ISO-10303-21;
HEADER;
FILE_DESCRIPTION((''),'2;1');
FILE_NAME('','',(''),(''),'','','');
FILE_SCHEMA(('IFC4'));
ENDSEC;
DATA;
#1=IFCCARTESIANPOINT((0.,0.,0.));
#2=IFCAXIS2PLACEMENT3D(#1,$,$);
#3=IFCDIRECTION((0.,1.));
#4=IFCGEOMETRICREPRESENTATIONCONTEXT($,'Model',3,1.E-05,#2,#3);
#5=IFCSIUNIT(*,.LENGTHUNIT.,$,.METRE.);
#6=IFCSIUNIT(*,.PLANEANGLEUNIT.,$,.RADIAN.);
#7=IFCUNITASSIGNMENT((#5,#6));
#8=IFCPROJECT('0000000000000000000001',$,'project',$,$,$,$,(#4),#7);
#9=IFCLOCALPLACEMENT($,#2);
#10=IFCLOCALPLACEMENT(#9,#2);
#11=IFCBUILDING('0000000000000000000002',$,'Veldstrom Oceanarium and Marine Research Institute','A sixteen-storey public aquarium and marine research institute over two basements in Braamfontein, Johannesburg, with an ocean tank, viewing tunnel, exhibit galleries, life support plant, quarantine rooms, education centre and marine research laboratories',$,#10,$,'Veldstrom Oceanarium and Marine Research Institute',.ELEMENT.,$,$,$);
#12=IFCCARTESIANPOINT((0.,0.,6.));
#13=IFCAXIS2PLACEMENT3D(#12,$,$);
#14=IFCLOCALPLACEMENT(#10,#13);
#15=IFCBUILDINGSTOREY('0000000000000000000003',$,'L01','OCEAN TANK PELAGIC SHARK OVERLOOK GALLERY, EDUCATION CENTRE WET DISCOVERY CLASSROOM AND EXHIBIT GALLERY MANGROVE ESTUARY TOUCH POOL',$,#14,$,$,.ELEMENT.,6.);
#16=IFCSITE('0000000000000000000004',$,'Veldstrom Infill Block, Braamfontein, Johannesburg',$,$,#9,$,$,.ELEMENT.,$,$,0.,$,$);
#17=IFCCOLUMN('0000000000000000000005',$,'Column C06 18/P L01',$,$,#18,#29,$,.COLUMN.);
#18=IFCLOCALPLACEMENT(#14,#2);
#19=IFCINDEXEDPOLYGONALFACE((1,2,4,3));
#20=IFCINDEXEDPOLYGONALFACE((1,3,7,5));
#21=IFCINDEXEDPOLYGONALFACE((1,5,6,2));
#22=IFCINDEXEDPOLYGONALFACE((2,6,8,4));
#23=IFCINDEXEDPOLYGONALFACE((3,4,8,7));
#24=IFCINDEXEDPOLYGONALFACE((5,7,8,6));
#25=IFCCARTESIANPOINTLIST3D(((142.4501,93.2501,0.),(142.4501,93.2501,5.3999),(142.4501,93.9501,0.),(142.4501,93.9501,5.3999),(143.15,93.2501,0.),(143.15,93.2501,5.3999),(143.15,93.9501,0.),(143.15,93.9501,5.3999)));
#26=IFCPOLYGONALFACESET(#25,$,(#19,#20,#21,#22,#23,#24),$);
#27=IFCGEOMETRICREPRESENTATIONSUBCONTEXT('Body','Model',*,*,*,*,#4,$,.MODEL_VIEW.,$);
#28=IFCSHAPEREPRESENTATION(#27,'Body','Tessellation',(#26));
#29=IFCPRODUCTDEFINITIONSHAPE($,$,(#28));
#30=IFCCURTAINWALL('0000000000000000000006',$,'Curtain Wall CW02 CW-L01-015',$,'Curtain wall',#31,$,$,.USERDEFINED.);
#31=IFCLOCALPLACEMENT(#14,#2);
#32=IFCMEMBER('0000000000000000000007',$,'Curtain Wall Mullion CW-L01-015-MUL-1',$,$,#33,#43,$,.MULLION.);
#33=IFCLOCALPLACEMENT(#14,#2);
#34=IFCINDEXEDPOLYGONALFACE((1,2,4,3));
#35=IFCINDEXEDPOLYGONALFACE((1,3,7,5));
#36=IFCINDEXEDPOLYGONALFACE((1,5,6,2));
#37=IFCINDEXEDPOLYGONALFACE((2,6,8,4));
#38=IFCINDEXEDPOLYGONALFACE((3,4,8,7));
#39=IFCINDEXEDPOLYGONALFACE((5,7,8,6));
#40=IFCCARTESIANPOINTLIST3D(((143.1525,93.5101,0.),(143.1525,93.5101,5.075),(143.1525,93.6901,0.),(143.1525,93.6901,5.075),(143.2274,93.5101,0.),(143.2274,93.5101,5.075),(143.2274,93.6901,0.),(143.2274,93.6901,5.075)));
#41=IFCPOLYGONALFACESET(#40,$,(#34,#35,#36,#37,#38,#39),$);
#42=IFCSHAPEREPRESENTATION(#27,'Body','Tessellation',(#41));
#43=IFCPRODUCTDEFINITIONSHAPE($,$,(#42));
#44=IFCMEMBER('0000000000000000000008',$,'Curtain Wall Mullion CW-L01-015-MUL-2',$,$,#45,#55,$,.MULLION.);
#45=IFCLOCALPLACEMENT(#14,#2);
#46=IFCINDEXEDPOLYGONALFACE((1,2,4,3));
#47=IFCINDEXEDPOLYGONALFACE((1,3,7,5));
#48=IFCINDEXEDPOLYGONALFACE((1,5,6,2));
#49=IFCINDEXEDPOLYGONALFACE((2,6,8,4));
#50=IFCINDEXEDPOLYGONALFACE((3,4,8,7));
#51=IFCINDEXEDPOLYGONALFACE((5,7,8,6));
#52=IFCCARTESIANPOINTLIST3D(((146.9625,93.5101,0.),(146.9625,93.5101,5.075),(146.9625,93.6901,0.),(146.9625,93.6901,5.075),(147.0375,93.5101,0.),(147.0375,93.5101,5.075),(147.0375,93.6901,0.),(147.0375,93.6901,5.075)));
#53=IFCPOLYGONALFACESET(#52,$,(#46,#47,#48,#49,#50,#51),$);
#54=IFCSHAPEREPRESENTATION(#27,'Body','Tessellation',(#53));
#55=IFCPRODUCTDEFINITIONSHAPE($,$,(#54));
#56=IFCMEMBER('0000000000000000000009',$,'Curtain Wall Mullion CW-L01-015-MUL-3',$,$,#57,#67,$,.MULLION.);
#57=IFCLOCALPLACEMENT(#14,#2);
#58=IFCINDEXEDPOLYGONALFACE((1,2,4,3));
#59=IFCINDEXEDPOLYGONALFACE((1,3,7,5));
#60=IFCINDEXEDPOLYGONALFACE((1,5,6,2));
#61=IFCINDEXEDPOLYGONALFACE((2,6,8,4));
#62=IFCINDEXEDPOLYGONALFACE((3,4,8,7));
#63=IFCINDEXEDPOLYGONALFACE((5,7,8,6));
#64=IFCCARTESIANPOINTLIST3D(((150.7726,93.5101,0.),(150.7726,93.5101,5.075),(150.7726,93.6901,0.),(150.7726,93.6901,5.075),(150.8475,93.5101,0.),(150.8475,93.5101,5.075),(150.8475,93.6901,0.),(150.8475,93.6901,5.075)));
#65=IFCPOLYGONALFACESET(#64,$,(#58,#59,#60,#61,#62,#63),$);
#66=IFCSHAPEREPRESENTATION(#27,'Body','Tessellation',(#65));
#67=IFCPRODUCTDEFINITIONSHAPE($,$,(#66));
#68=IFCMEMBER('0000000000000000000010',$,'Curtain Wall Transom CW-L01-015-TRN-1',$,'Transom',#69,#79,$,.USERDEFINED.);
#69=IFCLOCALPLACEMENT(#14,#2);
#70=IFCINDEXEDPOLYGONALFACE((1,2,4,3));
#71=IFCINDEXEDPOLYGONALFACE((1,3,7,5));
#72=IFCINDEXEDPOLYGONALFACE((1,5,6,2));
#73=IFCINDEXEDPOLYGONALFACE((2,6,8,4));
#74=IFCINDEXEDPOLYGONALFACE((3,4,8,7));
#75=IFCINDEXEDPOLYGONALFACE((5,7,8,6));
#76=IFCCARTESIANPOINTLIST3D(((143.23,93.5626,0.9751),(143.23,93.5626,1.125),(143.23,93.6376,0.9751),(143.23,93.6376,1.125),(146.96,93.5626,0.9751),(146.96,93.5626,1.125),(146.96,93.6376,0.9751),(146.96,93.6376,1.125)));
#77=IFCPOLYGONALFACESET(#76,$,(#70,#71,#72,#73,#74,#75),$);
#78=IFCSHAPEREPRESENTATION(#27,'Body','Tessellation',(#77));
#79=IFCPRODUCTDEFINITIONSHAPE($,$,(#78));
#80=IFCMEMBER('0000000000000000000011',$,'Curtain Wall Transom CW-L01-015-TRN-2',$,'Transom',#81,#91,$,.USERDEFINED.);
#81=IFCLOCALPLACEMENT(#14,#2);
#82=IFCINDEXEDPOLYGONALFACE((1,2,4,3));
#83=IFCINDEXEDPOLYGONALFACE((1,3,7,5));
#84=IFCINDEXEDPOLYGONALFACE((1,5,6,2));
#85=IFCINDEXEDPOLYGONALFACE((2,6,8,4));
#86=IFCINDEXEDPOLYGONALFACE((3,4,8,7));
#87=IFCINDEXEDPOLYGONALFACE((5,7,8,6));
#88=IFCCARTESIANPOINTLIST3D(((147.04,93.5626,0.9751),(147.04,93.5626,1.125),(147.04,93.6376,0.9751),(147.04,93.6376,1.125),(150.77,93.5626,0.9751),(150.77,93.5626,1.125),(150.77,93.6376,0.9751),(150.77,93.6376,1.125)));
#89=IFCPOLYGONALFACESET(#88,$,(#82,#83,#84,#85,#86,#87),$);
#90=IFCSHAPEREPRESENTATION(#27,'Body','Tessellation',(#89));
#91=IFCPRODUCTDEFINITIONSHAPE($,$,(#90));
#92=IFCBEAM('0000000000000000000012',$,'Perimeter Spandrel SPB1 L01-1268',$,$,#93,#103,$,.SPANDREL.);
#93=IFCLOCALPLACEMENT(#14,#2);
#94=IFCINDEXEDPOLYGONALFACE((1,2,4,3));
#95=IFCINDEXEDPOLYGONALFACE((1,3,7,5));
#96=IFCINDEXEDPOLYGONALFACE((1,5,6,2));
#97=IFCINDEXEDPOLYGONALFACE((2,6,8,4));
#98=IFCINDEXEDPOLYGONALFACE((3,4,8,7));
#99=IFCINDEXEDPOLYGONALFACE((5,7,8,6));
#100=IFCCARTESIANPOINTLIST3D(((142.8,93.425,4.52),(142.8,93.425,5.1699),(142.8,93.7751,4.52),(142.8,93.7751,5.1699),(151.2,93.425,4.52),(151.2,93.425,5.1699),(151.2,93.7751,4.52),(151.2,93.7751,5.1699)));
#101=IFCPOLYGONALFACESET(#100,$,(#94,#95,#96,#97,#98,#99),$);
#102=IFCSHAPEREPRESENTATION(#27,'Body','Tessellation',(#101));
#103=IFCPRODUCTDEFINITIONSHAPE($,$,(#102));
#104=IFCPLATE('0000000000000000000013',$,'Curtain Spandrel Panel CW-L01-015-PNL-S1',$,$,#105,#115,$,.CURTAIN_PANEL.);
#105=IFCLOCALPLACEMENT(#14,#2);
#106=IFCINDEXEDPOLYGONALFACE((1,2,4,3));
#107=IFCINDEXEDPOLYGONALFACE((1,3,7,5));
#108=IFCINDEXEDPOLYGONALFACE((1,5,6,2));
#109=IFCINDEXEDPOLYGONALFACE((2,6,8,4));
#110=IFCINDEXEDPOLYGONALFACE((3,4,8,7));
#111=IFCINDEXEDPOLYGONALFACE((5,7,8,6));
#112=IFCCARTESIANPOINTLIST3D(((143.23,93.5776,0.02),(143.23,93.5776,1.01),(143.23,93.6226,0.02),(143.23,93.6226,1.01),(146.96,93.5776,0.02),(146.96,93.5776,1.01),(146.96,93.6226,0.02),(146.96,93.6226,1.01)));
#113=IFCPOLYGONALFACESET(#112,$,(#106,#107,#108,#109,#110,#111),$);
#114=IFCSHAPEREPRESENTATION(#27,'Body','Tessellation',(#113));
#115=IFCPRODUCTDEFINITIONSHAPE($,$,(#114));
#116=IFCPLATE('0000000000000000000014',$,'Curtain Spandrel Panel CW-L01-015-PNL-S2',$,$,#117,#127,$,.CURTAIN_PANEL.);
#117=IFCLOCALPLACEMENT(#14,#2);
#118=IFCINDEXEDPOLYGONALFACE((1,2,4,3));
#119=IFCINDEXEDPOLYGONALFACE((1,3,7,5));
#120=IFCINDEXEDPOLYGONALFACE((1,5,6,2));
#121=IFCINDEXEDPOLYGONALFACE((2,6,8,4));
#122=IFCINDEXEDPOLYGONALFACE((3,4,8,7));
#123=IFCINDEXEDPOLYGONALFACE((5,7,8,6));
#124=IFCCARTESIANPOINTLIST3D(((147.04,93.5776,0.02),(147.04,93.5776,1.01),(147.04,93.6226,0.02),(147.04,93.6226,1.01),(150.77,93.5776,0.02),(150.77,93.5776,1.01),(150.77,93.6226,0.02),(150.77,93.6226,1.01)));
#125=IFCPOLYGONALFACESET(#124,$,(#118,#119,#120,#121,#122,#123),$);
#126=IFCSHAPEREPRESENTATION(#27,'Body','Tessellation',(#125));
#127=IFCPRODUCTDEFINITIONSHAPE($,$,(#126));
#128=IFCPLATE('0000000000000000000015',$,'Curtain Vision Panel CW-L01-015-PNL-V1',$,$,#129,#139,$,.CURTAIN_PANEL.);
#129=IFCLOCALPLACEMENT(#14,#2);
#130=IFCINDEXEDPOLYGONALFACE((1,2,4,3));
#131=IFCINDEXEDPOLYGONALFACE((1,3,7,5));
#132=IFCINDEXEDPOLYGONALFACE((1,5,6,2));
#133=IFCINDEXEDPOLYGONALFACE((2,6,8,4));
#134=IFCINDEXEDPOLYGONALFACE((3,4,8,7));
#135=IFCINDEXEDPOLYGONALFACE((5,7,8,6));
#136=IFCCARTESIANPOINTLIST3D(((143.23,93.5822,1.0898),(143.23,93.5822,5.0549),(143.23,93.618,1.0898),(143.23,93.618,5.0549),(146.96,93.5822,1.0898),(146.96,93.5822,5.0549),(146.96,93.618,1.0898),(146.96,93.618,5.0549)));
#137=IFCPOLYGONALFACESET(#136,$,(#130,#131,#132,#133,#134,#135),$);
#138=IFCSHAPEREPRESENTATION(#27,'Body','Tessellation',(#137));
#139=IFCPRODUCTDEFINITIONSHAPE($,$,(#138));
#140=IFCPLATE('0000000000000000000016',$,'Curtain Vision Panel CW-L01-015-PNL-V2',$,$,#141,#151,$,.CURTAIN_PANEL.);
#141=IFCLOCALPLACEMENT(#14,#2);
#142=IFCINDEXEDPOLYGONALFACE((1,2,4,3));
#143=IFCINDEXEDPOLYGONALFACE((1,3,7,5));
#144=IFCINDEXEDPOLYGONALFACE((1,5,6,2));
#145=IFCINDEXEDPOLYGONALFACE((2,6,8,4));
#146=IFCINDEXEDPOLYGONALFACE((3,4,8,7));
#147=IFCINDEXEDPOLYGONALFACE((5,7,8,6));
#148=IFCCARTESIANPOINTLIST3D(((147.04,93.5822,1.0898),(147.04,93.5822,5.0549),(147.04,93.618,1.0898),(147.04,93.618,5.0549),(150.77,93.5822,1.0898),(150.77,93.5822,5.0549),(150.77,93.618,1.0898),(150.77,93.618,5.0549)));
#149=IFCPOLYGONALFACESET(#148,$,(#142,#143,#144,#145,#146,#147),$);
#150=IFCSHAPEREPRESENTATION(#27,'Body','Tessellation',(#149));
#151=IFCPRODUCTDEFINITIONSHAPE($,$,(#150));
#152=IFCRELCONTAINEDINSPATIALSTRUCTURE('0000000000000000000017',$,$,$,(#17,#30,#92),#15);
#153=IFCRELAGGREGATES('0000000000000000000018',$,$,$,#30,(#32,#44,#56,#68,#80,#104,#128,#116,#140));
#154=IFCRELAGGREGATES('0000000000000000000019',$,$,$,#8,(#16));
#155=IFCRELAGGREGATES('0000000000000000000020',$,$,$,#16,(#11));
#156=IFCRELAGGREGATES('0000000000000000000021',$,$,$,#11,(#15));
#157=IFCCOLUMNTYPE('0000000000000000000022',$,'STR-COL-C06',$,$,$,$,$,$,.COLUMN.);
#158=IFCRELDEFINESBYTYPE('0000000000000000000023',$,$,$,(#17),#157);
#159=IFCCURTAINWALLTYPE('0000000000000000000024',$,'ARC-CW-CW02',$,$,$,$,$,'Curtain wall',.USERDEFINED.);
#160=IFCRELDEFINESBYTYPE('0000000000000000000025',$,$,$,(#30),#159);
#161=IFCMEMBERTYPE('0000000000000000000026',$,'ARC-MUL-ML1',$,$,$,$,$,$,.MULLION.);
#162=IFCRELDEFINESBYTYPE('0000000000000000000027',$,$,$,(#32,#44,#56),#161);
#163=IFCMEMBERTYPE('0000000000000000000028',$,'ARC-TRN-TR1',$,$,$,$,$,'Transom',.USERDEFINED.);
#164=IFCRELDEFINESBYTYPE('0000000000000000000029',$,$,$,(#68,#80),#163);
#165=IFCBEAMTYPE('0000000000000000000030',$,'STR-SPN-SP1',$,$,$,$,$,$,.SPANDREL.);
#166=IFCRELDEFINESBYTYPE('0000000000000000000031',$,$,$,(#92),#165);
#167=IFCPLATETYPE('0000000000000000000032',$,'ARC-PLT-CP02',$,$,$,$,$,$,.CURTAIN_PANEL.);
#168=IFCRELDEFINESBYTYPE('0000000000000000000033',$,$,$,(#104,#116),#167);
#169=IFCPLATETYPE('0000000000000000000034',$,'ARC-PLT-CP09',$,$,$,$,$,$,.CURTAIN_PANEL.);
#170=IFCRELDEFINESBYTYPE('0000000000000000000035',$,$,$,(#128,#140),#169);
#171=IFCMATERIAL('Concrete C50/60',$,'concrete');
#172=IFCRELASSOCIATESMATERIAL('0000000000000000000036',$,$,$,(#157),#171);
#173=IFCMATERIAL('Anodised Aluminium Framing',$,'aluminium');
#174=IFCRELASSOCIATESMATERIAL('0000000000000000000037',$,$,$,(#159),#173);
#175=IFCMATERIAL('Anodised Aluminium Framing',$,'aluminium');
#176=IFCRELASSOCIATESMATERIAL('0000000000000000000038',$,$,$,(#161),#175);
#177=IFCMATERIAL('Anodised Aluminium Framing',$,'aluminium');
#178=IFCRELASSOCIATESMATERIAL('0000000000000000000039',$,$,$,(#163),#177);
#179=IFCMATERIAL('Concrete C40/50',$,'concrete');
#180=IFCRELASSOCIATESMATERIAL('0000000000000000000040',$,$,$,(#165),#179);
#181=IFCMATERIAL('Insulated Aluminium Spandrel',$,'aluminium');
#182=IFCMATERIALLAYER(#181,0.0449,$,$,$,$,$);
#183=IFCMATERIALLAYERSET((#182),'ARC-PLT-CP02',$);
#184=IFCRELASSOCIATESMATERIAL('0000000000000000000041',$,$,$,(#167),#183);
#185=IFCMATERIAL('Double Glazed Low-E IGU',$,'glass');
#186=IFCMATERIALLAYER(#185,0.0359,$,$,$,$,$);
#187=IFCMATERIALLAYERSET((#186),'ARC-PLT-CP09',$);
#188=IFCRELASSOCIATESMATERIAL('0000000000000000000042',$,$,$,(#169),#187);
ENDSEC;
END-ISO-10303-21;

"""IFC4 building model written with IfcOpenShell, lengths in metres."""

from ifc_helpers import new_model, si_unit, direction, frame, origin, origin_2d, place, context, subcontext, project, spatial, rectangle, extrude, material, layer, layer_set, material_profile, profile_set, type_object, element, aggregate, save


model = new_model("IFC4")

# Units and contexts
model_context = context("Model", 3, precision=1e-05, world=origin(), true_north=direction((0.0, 1.0)))
body_context = subcontext(model_context, "Body", "Model", "MODEL_VIEW")
ifc_project = project(units=[si_unit("LENGTHUNIT", "METRE"), si_unit("PLANEANGLEUNIT", "RADIAN")], contexts=[model_context])

# Site, building, storey
site_placement = place(None, origin())
site = spatial("IfcSite", under=ifc_project, at=site_placement, Name="Veldstrom Infill Block, Braamfontein, Johannesburg", CompositionType="ELEMENT", RefElevation=0.0)
building_placement = place(site_placement, origin())
building = spatial("IfcBuilding", under=site, at=building_placement, Name="Veldstrom Oceanarium and Marine Research Institute", Description="A sixteen-storey public aquarium and marine research institute over two basements in Braamfontein, Johannesburg, with an ocean tank, viewing tunnel, exhibit galleries, life support plant, quarantine rooms, education centre and marine research laboratories", LongName="Veldstrom Oceanarium and Marine Research Institute", CompositionType="ELEMENT")
storey_placement = place(building_placement, frame((0.0, 0.0, 6.0)))
storey = spatial("IfcBuildingStorey", under=building, at=storey_placement, Name="L01", Description="OCEAN TANK PELAGIC SHARK OVERLOOK GALLERY, EDUCATION CENTRE WET DISCOVERY CLASSROOM AND EXHIBIT GALLERY MANGROVE ESTUARY TOUCH POOL", CompositionType="ELEMENT", Elevation=6.0)

# Column
ifc_material_1 = material(Name="Concrete C50/60", Category="concrete")
ifc_material_profile_1 = material_profile(ifc_material_1, rectangle(XDim=0.7, YDim=0.7, at=origin_2d()), Name="RC-COL-700x700")
ifc_profile_set_1 = profile_set([ifc_material_profile_1], Name="Concrete C50/60")
column_type = type_object("IfcColumnType", Name="STR-COL-C06", PredefinedType="COLUMN", material=ifc_profile_set_1)
column_placement = place(storey_placement, frame((142.8, 93.6001, 0.0), z_axis=(0.0, 0.0, 1.0), x_axis=(1.0, 0.0, 0.0)))
element("IfcColumn", 1, at=column_placement, inside=storey, type_object=column_type, Name="Column C06 18/P L01", PredefinedType="COLUMN", context=body_context, shape_type="SweptSolid", body=[
    extrude(rectangle(XDim=0.7, YDim=0.7, at=origin_2d()), origin(), (0.0, 0.0, 1.0), 5.3999),
])

# Curtain wall, members
ifc_material_2 = material(Name="Anodised Aluminium Framing", Category="aluminium")
curtain_wall_type = type_object("IfcCurtainWallType", Name="ARC-CW-CW02", ElementType="Curtain wall", PredefinedType="USERDEFINED", material=ifc_material_2)
curtain_wall_placement = place(storey_placement, origin())
curtain_wall = element("IfcCurtainWall", 2, at=curtain_wall_placement, inside=storey, type_object=curtain_wall_type, Name="Curtain Wall CW02 CW-L01-015", ObjectType="Curtain wall", PredefinedType="USERDEFINED")
ifc_material_3 = material(Name="Anodised Aluminium Framing", Category="aluminium")
ifc_material_profile_2 = material_profile(ifc_material_3, rectangle(XDim=0.075, YDim=0.1799, at=origin_2d()), Name="ALU-MUL-75x180")
ifc_profile_set_2 = profile_set([ifc_material_profile_2], Name="Anodised Aluminium Framing")
member_type_1 = type_object("IfcMemberType", Name="ARC-MUL-ML1", PredefinedType="MULLION", material=ifc_profile_set_2)
member_1_placement = place(storey_placement, frame((143.1899, 93.6001, 0.0), z_axis=(0.0, 0.0, 1.0), x_axis=(1.0, 0.0, 0.0)))
member_1 = element("IfcMember", 3, at=member_1_placement, type_object=member_type_1, Name="Curtain Wall Mullion CW-L01-015-MUL-1", PredefinedType="MULLION", context=body_context, shape_type="SweptSolid", body=[
    extrude(rectangle(XDim=0.075, YDim=0.1799, at=origin_2d()), origin(), (0.0, 0.0, 1.0), 5.075),
])
member_2_placement = place(storey_placement, frame((147.0, 93.6001, 0.0), z_axis=(0.0, 0.0, 1.0), x_axis=(1.0, 0.0, 0.0)))
member_2 = element("IfcMember", 4, at=member_2_placement, type_object=member_type_1, Name="Curtain Wall Mullion CW-L01-015-MUL-2", PredefinedType="MULLION", context=body_context, shape_type="SweptSolid", body=[
    extrude(rectangle(XDim=0.075, YDim=0.1799, at=origin_2d()), origin(), (0.0, 0.0, 1.0), 5.075),
])
member_3_placement = place(storey_placement, frame((150.8101, 93.6001, 0.0), z_axis=(0.0, 0.0, 1.0), x_axis=(1.0, 0.0, 0.0)))
member_3 = element("IfcMember", 5, at=member_3_placement, type_object=member_type_1, Name="Curtain Wall Mullion CW-L01-015-MUL-3", PredefinedType="MULLION", context=body_context, shape_type="SweptSolid", body=[
    extrude(rectangle(XDim=0.075, YDim=0.1799, at=origin_2d()), origin(), (0.0, 0.0, 1.0), 5.075),
])
ifc_material_4 = material(Name="Anodised Aluminium Framing", Category="aluminium")
ifc_material_profile_3 = material_profile(ifc_material_4, rectangle(XDim=0.075, YDim=0.1499, at=origin_2d()), Name="ALU-TRN-75x150")
ifc_profile_set_3 = profile_set([ifc_material_profile_3], Name="Anodised Aluminium Framing")
member_type_2 = type_object("IfcMemberType", Name="ARC-TRN-TR1", ElementType="Transom", PredefinedType="USERDEFINED", material=ifc_profile_set_3)
member_4_placement = place(storey_placement, frame((143.23, 93.6001, 1.05), z_axis=(1.0, 0.0, 0.0), x_axis=(0.0, 1.0, 0.0)))
member_4 = element("IfcMember", 6, at=member_4_placement, type_object=member_type_2, Name="Curtain Wall Transom CW-L01-015-TRN-1", ObjectType="Transom", PredefinedType="USERDEFINED", context=body_context, shape_type="SweptSolid", body=[
    extrude(rectangle(XDim=0.075, YDim=0.1499, at=origin_2d()), origin(), (0.0, 0.0, 1.0), 3.73),
])
member_5_placement = place(storey_placement, frame((147.04, 93.6001, 1.05), z_axis=(1.0, 0.0, 0.0), x_axis=(0.0, 1.0, 0.0)))
member_5 = element("IfcMember", 7, at=member_5_placement, type_object=member_type_2, Name="Curtain Wall Transom CW-L01-015-TRN-2", ObjectType="Transom", PredefinedType="USERDEFINED", context=body_context, shape_type="SweptSolid", body=[
    extrude(rectangle(XDim=0.075, YDim=0.1499, at=origin_2d()), origin(), (0.0, 0.0, 1.0), 3.73),
])

# Beam
ifc_material_5 = material(Name="Concrete C40/50", Category="concrete")
ifc_material_profile_4 = material_profile(ifc_material_5, rectangle(XDim=0.3501, YDim=0.6499, at=origin_2d()), Name="RC-SPN-350x650")
ifc_profile_set_4 = profile_set([ifc_material_profile_4], Name="Concrete C40/50")
beam_type = type_object("IfcBeamType", Name="STR-SPN-SP1", PredefinedType="SPANDREL", material=ifc_profile_set_4)
beam_placement = place(storey_placement, frame((142.8, 93.6001, 4.845), z_axis=(1.0, 0.0, 0.0), x_axis=(0.0, 1.0, 0.0)))
element("IfcBeam", 8, at=beam_placement, inside=storey, type_object=beam_type, Name="Perimeter Spandrel SPB1 L01-1268", PredefinedType="SPANDREL", context=body_context, shape_type="SweptSolid", body=[
    extrude(rectangle(XDim=0.3501, YDim=0.6499, at=origin_2d()), origin(), (0.0, 0.0, 1.0), 8.3999),
])

# Plates
ifc_material_6 = material(Name="Insulated Aluminium Spandrel", Category="aluminium")
ifc_layer_1 = layer(ifc_material_6, 0.0449)
ifc_layer_set_1 = layer_set([ifc_layer_1], Name="ARC-PLT-CP02")
plate_type_1 = type_object("IfcPlateType", Name="ARC-PLT-CP02", PredefinedType="CURTAIN_PANEL", material=ifc_layer_set_1)
plate_1_placement = place(storey_placement, frame((145.095, 93.6001, 0.02), z_axis=(0.0, 0.0, 1.0), x_axis=(1.0, 0.0, 0.0)))
plate_1 = element("IfcPlate", 9, at=plate_1_placement, type_object=plate_type_1, Name="Curtain Spandrel Panel CW-L01-015-PNL-S1", PredefinedType="CURTAIN_PANEL", context=body_context, shape_type="SweptSolid", body=[
    extrude(rectangle(XDim=3.73, YDim=0.0449, at=origin_2d()), origin(), (0.0, 0.0, 1.0), 0.99),
])
plate_2_placement = place(storey_placement, frame((148.905, 93.6001, 0.02), z_axis=(0.0, 0.0, 1.0), x_axis=(1.0, 0.0, 0.0)))
plate_2 = element("IfcPlate", 10, at=plate_2_placement, type_object=plate_type_1, Name="Curtain Spandrel Panel CW-L01-015-PNL-S2", PredefinedType="CURTAIN_PANEL", context=body_context, shape_type="SweptSolid", body=[
    extrude(rectangle(XDim=3.73, YDim=0.0449, at=origin_2d()), origin(), (0.0, 0.0, 1.0), 0.99),
])
ifc_material_7 = material(Name="Double Glazed Low-E IGU", Category="glass")
ifc_layer_2 = layer(ifc_material_7, 0.0359)
ifc_layer_set_2 = layer_set([ifc_layer_2], Name="ARC-PLT-CP09")
plate_type_2 = type_object("IfcPlateType", Name="ARC-PLT-CP09", PredefinedType="CURTAIN_PANEL", material=ifc_layer_set_2)
plate_3_placement = place(storey_placement, frame((145.095, 93.6001, 1.0898), z_axis=(0.0, 0.0, 1.0), x_axis=(1.0, 0.0, 0.0)))
plate_3 = element("IfcPlate", 11, at=plate_3_placement, type_object=plate_type_2, Name="Curtain Vision Panel CW-L01-015-PNL-V1", PredefinedType="CURTAIN_PANEL", context=body_context, shape_type="SweptSolid", body=[
    extrude(rectangle(XDim=3.73, YDim=0.0359, at=origin_2d()), origin(), (0.0, 0.0, 1.0), 3.9651),
])
plate_4_placement = place(storey_placement, frame((148.905, 93.6001, 1.0898), z_axis=(0.0, 0.0, 1.0), x_axis=(1.0, 0.0, 0.0)))
plate_4 = element("IfcPlate", 12, at=plate_4_placement, type_object=plate_type_2, Name="Curtain Vision Panel CW-L01-015-PNL-V2", PredefinedType="CURTAIN_PANEL", context=body_context, shape_type="SweptSolid", body=[
    extrude(rectangle(XDim=3.73, YDim=0.0359, at=origin_2d()), origin(), (0.0, 0.0, 1.0), 3.9651),
])
aggregate(curtain_wall, [member_1, member_2, member_3, member_4, member_5, plate_1, plate_3, plate_2, plate_4])

save(model, "model.ifc")
